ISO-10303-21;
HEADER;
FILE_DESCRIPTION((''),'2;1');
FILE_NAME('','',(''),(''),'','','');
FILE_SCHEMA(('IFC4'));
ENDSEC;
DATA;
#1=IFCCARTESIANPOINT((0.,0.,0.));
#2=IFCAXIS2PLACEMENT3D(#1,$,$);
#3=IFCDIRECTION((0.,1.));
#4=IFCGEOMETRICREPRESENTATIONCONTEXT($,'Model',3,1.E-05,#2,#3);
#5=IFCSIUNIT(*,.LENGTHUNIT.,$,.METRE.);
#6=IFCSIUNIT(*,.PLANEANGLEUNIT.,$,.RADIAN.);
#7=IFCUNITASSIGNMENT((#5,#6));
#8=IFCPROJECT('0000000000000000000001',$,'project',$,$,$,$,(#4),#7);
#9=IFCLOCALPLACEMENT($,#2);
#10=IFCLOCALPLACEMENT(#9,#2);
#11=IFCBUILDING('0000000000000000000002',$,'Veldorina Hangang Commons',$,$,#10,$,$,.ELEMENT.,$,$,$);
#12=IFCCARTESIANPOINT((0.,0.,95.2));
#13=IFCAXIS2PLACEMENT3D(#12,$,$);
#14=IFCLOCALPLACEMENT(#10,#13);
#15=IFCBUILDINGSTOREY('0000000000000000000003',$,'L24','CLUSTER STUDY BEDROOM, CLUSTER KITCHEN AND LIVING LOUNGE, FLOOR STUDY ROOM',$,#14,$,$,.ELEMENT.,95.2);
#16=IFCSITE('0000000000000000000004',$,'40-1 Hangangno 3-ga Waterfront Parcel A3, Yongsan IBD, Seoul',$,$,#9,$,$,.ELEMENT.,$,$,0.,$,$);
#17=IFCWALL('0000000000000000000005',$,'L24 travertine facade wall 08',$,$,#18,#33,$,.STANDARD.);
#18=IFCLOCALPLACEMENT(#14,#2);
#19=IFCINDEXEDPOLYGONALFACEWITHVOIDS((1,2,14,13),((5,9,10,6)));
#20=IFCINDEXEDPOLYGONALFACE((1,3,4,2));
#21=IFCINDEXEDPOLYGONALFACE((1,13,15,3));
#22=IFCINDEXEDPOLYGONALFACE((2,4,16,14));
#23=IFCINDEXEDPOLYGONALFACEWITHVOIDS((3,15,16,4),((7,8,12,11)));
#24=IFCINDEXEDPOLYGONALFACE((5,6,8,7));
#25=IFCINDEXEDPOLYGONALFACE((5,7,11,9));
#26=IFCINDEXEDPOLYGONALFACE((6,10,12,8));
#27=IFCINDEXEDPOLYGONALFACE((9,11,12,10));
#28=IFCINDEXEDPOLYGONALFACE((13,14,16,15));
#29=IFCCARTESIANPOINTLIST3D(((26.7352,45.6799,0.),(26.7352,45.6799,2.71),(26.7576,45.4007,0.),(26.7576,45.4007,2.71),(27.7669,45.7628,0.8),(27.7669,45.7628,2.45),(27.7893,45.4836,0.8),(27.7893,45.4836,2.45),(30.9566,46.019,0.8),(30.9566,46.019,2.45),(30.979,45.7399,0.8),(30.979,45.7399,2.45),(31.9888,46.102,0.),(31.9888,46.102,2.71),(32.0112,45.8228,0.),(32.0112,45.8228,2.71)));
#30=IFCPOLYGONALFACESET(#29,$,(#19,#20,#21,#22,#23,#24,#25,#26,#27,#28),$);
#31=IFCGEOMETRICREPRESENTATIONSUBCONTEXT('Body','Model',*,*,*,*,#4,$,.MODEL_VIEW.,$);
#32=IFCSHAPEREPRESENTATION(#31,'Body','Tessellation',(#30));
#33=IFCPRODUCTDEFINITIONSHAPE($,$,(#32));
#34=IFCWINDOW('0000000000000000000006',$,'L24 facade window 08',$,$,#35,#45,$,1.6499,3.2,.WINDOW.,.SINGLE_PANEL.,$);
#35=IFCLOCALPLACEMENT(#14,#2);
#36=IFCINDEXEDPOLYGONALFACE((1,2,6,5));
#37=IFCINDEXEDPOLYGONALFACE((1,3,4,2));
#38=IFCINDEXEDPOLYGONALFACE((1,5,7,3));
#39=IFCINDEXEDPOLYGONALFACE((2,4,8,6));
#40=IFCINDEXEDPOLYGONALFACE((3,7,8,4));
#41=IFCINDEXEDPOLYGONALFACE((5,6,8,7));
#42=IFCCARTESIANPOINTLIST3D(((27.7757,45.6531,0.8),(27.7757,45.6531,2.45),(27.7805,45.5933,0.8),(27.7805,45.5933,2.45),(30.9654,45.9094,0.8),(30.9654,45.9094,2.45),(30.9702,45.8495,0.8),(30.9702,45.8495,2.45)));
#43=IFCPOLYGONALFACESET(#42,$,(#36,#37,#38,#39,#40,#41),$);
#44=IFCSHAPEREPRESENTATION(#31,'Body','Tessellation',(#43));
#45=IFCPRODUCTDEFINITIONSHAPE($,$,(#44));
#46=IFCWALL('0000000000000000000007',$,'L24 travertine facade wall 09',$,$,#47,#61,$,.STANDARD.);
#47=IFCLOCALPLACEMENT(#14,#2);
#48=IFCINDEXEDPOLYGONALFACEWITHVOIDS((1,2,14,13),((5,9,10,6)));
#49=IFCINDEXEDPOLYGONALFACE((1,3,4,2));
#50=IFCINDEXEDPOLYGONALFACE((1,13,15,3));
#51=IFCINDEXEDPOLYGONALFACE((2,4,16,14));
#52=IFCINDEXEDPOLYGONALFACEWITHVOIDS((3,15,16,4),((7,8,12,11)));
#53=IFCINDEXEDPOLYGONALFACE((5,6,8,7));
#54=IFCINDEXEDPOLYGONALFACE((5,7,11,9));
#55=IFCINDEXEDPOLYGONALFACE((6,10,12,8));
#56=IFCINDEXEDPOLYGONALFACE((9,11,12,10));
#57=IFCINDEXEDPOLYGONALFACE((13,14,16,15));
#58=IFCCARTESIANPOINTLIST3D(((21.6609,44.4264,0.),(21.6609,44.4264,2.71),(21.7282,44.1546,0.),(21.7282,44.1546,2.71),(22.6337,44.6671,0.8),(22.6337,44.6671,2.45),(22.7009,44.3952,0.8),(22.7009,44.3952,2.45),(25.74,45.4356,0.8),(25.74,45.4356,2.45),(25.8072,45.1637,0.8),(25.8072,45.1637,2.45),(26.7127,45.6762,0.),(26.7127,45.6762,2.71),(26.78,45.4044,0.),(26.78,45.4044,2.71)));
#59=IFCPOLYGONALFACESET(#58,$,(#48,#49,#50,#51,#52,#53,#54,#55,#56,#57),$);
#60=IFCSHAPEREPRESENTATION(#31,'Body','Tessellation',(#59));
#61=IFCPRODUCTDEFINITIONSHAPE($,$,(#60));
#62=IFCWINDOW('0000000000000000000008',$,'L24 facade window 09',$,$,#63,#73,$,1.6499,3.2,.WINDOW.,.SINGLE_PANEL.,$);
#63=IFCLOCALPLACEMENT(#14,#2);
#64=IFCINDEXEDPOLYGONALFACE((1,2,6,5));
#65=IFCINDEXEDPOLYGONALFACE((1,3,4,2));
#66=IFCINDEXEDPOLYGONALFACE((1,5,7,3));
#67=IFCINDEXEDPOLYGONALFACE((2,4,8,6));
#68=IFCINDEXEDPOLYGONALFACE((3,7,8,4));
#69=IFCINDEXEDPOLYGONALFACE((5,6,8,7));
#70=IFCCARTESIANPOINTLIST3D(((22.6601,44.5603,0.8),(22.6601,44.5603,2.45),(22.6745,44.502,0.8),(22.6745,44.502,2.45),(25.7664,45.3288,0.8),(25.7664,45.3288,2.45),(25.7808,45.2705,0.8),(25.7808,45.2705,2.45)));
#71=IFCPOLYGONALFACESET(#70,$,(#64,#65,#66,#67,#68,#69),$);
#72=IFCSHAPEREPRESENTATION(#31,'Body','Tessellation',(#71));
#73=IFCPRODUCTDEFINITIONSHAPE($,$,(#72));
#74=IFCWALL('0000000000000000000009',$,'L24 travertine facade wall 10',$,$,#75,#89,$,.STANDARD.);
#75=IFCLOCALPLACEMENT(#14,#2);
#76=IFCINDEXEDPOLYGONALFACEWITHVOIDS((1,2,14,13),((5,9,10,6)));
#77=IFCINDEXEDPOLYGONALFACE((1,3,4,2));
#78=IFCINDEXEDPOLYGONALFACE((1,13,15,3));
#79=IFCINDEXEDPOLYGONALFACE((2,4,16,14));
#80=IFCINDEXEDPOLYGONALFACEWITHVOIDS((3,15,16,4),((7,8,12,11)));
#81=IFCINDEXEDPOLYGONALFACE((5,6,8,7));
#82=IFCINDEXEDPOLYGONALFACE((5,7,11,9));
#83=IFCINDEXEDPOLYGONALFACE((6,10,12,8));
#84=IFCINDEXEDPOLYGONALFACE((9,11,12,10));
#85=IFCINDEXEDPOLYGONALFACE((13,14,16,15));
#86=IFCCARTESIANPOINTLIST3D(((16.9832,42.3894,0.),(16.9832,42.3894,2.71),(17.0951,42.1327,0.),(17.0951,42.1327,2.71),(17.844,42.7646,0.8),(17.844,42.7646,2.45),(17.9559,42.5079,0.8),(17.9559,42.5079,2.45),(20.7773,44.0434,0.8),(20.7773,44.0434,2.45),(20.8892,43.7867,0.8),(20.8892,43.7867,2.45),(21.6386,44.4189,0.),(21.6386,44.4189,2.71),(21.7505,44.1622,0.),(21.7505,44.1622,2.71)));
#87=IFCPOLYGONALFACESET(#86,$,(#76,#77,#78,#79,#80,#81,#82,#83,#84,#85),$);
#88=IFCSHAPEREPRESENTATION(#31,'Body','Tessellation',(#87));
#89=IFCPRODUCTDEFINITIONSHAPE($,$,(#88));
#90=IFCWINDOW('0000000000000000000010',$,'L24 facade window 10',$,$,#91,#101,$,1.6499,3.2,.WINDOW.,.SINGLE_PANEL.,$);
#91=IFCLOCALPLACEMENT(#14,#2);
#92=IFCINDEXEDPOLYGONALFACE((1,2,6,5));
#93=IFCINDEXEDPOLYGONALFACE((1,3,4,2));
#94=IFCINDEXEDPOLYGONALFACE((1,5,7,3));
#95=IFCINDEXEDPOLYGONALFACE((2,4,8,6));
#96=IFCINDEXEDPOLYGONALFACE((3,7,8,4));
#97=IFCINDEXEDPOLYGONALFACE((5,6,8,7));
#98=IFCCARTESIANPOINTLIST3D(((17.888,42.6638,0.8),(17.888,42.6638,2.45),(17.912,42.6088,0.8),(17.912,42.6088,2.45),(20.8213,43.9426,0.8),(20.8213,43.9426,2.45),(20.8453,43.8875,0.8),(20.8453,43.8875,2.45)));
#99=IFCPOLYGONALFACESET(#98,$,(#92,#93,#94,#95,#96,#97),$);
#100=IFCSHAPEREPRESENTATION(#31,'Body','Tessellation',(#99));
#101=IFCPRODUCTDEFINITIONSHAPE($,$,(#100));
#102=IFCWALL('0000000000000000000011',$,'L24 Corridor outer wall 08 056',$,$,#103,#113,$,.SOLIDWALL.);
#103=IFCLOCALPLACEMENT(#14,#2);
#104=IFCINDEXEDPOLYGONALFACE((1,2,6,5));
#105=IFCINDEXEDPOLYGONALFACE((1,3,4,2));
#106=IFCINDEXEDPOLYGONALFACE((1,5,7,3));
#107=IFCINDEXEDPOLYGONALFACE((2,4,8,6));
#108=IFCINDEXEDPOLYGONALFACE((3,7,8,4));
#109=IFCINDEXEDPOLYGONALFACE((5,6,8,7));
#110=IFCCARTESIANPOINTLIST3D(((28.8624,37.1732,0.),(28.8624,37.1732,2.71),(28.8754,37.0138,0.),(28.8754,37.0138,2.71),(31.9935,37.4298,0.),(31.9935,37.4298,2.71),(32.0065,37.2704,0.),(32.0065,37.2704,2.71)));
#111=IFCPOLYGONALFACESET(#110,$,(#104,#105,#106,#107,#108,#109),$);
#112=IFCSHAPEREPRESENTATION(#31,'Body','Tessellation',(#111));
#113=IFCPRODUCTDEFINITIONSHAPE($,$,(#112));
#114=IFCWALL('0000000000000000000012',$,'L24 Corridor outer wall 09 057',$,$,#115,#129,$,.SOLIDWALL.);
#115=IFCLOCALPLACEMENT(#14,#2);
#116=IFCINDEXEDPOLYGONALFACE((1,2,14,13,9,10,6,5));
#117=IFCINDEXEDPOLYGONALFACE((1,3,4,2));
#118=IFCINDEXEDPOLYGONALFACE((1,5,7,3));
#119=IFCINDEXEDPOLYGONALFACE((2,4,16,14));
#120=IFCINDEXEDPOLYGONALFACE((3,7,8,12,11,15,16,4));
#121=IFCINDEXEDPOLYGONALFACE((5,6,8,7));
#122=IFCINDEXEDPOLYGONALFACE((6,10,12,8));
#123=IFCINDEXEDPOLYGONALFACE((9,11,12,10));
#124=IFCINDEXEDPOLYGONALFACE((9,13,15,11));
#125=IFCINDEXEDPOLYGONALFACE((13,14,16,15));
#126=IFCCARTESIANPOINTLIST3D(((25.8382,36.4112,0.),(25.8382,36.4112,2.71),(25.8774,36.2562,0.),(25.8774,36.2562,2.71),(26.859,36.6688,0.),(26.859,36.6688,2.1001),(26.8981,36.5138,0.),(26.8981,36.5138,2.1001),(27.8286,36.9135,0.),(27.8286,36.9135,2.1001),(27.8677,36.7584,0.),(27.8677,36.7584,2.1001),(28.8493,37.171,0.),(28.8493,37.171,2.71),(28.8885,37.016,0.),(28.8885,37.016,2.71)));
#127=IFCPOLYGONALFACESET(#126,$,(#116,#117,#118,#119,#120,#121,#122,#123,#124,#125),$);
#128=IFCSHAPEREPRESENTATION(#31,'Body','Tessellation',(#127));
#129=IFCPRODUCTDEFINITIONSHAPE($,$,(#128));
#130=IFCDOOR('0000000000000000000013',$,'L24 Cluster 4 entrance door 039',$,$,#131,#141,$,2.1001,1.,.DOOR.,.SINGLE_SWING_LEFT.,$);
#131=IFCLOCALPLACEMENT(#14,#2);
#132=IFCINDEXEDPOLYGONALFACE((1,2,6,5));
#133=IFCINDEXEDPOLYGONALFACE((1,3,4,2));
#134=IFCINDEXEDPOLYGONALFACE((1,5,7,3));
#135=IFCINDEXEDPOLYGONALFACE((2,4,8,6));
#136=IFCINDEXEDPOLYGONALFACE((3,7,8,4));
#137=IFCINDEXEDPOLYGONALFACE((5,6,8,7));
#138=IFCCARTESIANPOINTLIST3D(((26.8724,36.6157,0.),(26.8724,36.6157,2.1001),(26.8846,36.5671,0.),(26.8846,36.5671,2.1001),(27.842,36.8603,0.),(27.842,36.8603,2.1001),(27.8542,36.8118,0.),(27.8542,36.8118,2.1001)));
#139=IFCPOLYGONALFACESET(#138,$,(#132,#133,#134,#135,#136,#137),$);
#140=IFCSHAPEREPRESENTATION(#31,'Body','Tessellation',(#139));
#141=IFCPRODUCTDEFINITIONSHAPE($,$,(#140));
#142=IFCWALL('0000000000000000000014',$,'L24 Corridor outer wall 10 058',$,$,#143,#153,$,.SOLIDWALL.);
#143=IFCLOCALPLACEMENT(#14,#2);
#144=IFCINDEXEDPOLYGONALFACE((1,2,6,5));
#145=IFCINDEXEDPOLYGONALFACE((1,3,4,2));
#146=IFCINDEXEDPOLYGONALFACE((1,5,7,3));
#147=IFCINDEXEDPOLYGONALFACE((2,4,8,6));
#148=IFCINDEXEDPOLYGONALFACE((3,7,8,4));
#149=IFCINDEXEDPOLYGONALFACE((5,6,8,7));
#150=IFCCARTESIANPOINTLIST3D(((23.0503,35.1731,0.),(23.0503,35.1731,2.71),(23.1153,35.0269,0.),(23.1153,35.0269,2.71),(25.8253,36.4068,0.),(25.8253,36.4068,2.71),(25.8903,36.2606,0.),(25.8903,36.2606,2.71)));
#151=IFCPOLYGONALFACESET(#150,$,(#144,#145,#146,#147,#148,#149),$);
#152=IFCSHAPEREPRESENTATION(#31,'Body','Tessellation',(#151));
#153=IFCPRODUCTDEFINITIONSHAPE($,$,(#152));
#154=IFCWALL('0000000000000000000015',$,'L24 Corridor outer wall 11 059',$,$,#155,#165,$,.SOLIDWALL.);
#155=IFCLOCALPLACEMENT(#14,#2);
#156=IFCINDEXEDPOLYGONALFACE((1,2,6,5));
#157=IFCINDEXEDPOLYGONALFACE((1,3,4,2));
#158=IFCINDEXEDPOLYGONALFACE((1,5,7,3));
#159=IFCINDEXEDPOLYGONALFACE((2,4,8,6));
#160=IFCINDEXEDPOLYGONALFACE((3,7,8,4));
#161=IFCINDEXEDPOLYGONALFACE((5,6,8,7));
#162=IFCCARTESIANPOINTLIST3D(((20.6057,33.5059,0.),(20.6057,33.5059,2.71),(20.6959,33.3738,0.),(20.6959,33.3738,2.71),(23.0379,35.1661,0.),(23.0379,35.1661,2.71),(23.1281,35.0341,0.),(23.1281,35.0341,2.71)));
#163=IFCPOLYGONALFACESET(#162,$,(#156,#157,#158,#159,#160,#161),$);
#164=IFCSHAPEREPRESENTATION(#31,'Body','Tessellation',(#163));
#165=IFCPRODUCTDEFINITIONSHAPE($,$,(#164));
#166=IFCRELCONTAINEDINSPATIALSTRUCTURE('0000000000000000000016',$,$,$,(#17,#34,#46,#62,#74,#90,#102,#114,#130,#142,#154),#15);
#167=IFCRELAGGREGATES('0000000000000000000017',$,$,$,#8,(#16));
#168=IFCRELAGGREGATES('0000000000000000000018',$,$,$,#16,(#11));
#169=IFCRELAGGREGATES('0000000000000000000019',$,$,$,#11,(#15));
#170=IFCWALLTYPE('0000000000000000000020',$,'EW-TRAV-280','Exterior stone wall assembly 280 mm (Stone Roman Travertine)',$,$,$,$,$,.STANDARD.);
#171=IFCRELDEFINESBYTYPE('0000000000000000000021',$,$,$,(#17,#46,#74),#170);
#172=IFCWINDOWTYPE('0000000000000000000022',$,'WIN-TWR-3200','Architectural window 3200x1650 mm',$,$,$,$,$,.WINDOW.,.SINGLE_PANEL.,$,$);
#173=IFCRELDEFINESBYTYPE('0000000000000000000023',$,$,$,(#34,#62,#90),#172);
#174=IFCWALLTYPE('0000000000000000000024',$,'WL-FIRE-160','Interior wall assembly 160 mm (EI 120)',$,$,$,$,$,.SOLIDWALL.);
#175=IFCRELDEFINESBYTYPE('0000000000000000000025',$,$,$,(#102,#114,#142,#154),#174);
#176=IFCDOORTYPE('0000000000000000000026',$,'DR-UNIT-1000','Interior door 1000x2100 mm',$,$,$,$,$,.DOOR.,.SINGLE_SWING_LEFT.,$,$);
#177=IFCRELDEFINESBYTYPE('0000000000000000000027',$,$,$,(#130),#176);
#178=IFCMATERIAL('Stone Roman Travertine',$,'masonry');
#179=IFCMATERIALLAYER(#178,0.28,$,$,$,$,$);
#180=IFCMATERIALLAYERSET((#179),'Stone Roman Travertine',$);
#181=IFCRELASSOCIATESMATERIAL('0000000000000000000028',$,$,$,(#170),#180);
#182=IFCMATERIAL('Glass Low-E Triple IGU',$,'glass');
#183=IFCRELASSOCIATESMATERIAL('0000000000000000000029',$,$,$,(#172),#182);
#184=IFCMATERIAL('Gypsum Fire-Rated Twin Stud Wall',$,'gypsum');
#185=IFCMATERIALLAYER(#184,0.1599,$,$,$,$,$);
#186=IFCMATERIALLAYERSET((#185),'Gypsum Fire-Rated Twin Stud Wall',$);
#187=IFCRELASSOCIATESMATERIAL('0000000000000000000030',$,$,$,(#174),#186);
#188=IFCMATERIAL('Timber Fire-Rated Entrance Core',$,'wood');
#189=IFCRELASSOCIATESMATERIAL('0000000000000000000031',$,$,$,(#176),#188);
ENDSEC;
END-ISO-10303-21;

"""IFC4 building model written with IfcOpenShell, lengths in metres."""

from ifc_helpers import new_model, si_unit, direction, frame, frame_2d, origin, place, context, subcontext, project, spatial, rectangle, extrude, material, layer, layer_set, type_object, element, fill, save


model = new_model("IFC4")

# Units and contexts
model_context = context("Model", 3, precision=1e-05, world=origin(), true_north=direction((0.0, 1.0)))
body_context = subcontext(model_context, "Body", "Model", "MODEL_VIEW")
ifc_project = project(units=[si_unit("LENGTHUNIT", "METRE"), si_unit("PLANEANGLEUNIT", "RADIAN")], contexts=[model_context])

# Site, building, storey
site_placement = place(None, origin())
site = spatial("IfcSite", under=ifc_project, at=site_placement, Name="40-1 Hangangno 3-ga Waterfront Parcel A3, Yongsan IBD, Seoul", CompositionType="ELEMENT", RefElevation=0.0)
building_placement = place(site_placement, origin())
building = spatial("IfcBuilding", under=site, at=building_placement, Name="Veldorina Hangang Commons", CompositionType="ELEMENT")
storey_placement = place(building_placement, frame((0.0, 0.0, 95.2)))
storey = spatial("IfcBuildingStorey", under=building, at=storey_placement, Name="L24", Description="CLUSTER STUDY BEDROOM, CLUSTER KITCHEN AND LIVING LOUNGE, FLOOR STUDY ROOM", CompositionType="ELEMENT", Elevation=95.2)

# Walls, openings, windows
ifc_material_1 = material(Name="Stone Roman Travertine", Category="masonry")
ifc_layer_1 = layer(ifc_material_1, 0.28)
ifc_layer_set_1 = layer_set([ifc_layer_1], Name="Stone Roman Travertine")
wall_type_1 = type_object("IfcWallType", Name="EW-TRAV-280", Description="Exterior stone wall assembly 280 mm (Stone Roman Travertine)", PredefinedType="STANDARD", material=ifc_layer_set_1)
wall_1_placement = place(storey_placement, frame((32.0, 45.9624, 0.0), z_axis=(0.0, 0.0, 1.0), x_axis=(-0.996788, -0.080089, 0.0)))
wall_1 = element("IfcWall", 1, at=wall_1_placement, inside=storey, type_object=wall_type_1, Name="L24 travertine facade wall 08", PredefinedType="STANDARD", context=body_context, shape_type="SweptSolid", body=[
    extrude(rectangle(XDim=5.2705, YDim=0.28, at=frame_2d((2.6353, 0.0))), origin(), (0.0, 0.0, 1.0), 2.71),
])
opening_1_placement = place(wall_1_placement, frame((1.0354, 0.0, 0.8)))
opening_1 = element("IfcOpeningElement", 2, at=opening_1_placement, cuts=wall_1, PredefinedType="OPENING", context=body_context, shape_type="SweptSolid", body=[
    extrude(rectangle(XDim=3.2, YDim=1.6499, at=frame_2d((1.6001, 0.825))), frame((0.0, 0.1499, 0.0), z_axis=(0.0, -1.0, 0.0), x_axis=(1.0, 0.0, 0.0)), (0.0, 0.0, 1.0), 0.3),
])
ifc_material_2 = material(Name="Glass Low-E Triple IGU", Category="glass")
window_type = type_object("IfcWindowType", Name="WIN-TWR-3200", Description="Architectural window 3200x1650 mm", PartitioningType="SINGLE_PANEL", PredefinedType="WINDOW", material=ifc_material_2)
window_1_placement = place(opening_1_placement, origin())
window_1 = element("IfcWindow", 3, at=window_1_placement, inside=storey, type_object=window_type, Name="L24 facade window 08", OverallHeight=1.6499, OverallWidth=3.2, PartitioningType="SINGLE_PANEL", PredefinedType="WINDOW", context=body_context, shape_type="SweptSolid", body=[
    extrude(rectangle(XDim=3.2, YDim=1.6499, at=frame_2d((1.6001, 0.825))), frame((0.0, 0.03, 0.0), z_axis=(0.0, -1.0, 0.0), x_axis=(1.0, 0.0, 0.0)), (0.0, 0.0, 1.0), 0.0601),
])
fill(opening_1, window_1)
wall_2_placement = place(storey_placement, frame((26.7463, 45.5403, 0.0), z_axis=(0.0, 0.0, 1.0), x_axis=(-0.970736, -0.240151, 0.0)))
wall_2 = element("IfcWall", 4, at=wall_2_placement, inside=storey, type_object=wall_type_1, Name="L24 travertine facade wall 09", PredefinedType="STANDARD", context=body_context, shape_type="SweptSolid", body=[
    extrude(rectangle(XDim=5.2041, YDim=0.28, at=frame_2d((2.6021, 0.0))), origin(), (0.0, 0.0, 1.0), 2.71),
])
opening_2_placement = place(wall_2_placement, frame((1.002, 0.0, 0.8)))
opening_2 = element("IfcOpeningElement", 5, at=opening_2_placement, cuts=wall_2, PredefinedType="OPENING", context=body_context, shape_type="SweptSolid", body=[
    extrude(rectangle(XDim=3.2, YDim=1.6499, at=frame_2d((1.6001, 0.825))), frame((0.0, 0.1499, 0.0), z_axis=(0.0, -1.0, 0.0), x_axis=(1.0, 0.0, 0.0)), (0.0, 0.0, 1.0), 0.3),
])
window_2_placement = place(opening_2_placement, origin())
window_2 = element("IfcWindow", 6, at=window_2_placement, inside=storey, type_object=window_type, Name="L24 facade window 09", OverallHeight=1.6499, OverallWidth=3.2, PartitioningType="SINGLE_PANEL", PredefinedType="WINDOW", context=body_context, shape_type="SweptSolid", body=[
    extrude(rectangle(XDim=3.2, YDim=1.6499, at=frame_2d((1.6001, 0.825))), frame((0.0, 0.03, 0.0), z_axis=(0.0, -1.0, 0.0), x_axis=(1.0, 0.0, 0.0)), (0.0, 0.0, 1.0), 0.0601),
])
fill(opening_2, window_2)
wall_3_placement = place(storey_placement, frame((21.6946, 44.2905, 0.0), z_axis=(0.0, 0.0, 1.0), x_axis=(-0.916681, -0.399621, 0.0)))
wall_3 = element("IfcWall", 7, at=wall_3_placement, inside=storey, type_object=wall_type_1, Name="L24 travertine facade wall 10", PredefinedType="STANDARD", context=body_context, shape_type="SweptSolid", body=[
    extrude(rectangle(XDim=5.0786, YDim=0.28, at=frame_2d((2.5393, 0.0))), origin(), (0.0, 0.0, 1.0), 2.71),
])
opening_3_placement = place(wall_3_placement, frame((0.9395, 0.0, 0.8)))
opening_3 = element("IfcOpeningElement", 8, at=opening_3_placement, cuts=wall_3, PredefinedType="OPENING", context=body_context, shape_type="SweptSolid", body=[
    extrude(rectangle(XDim=3.2, YDim=1.6499, at=frame_2d((1.6001, 0.825))), frame((0.0, 0.1499, 0.0), z_axis=(0.0, -1.0, 0.0), x_axis=(1.0, 0.0, 0.0)), (0.0, 0.0, 1.0), 0.3),
])
window_3_placement = place(opening_3_placement, origin())
window_3 = element("IfcWindow", 9, at=window_3_placement, inside=storey, type_object=window_type, Name="L24 facade window 10", OverallHeight=1.6499, OverallWidth=3.2, PartitioningType="SINGLE_PANEL", PredefinedType="WINDOW", context=body_context, shape_type="SweptSolid", body=[
    extrude(rectangle(XDim=3.2, YDim=1.6499, at=frame_2d((1.6001, 0.825))), frame((0.0, 0.03, 0.0), z_axis=(0.0, -1.0, 0.0), x_axis=(1.0, 0.0, 0.0)), (0.0, 0.0, 1.0), 0.0601),
])
fill(opening_3, window_3)

# Wall
ifc_material_3 = material(Name="Gypsum Fire-Rated Twin Stud Wall", Category="gypsum")
ifc_layer_2 = layer(ifc_material_3, 0.1599)
ifc_layer_set_2 = layer_set([ifc_layer_2], Name="Gypsum Fire-Rated Twin Stud Wall")
wall_type_2 = type_object("IfcWallType", Name="WL-FIRE-160", Description="Interior wall assembly 160 mm (EI 120)", PredefinedType="SOLIDWALL", material=ifc_layer_set_2)
wall_4_placement = place(storey_placement, frame((32.0, 37.3501, 0.0), z_axis=(0.0, 0.0, 1.0), x_axis=(-0.996659, -0.081676, 0.0)))
element("IfcWall", 10, at=wall_4_placement, inside=storey, type_object=wall_type_2, Name="L24 Corridor outer wall 08 056", PredefinedType="SOLIDWALL", context=body_context, shape_type="SweptSolid", body=[
    extrude(rectangle(XDim=3.1416, YDim=0.1599, at=frame_2d((1.5708, 0.0))), origin(), (0.0, 0.0, 1.0), 2.71),
])

# Wall, opening, door
wall_5_placement = place(storey_placement, frame((28.8689, 37.0935, 0.0), z_axis=(0.0, 0.0, 1.0), x_axis=(-0.969608, -0.244662, 0.0)))
wall_5 = element("IfcWall", 11, at=wall_5_placement, inside=storey, type_object=wall_type_2, Name="L24 Corridor outer wall 09 057", PredefinedType="SOLIDWALL", context=body_context, shape_type="SweptSolid", body=[
    extrude(rectangle(XDim=3.1055, YDim=0.1599, at=frame_2d((1.5527, 0.0))), origin(), (0.0, 0.0, 1.0), 2.71),
])
opening_4_placement = place(wall_5_placement, frame((1.0527, 0.0, 0.0)))
opening_4 = element("IfcOpeningElement", 12, at=opening_4_placement, cuts=wall_5, PredefinedType="OPENING", context=body_context, shape_type="SweptSolid", body=[
    extrude(rectangle(XDim=1.0, YDim=2.1001, at=frame_2d((0.5, 1.05))), frame((0.0, 0.0898, 0.0), z_axis=(0.0, -1.0, 0.0), x_axis=(1.0, 0.0, 0.0)), (0.0, 0.0, 1.0), 0.1799),
])
ifc_material_4 = material(Name="Timber Fire-Rated Entrance Core", Category="wood")
door_type_1 = type_object("IfcDoorType", Name="DR-UNIT-1000", Description="Interior door 1000x2100 mm", OperationType="SINGLE_SWING_LEFT", PredefinedType="DOOR", material=ifc_material_4)
door_1_placement = place(opening_4_placement, origin())
door_1 = element("IfcDoor", 13, at=door_1_placement, inside=storey, type_object=door_type_1, Name="L24 Cluster 4 entrance door 039", OperationType="SINGLE_SWING_LEFT", OverallHeight=2.1001, OverallWidth=1.0, PredefinedType="DOOR", context=body_context, shape_type="SweptSolid", body=[
    extrude(rectangle(XDim=1.0, YDim=2.1001, at=frame_2d((0.5, 1.05))), frame((0.0, 0.0249, 0.0), z_axis=(0.0, -1.0, 0.0), x_axis=(1.0, 0.0, 0.0)), (0.0, 0.0, 1.0), 0.05),
])
fill(opening_4, door_1)

# Walls
wall_6_placement = place(storey_placement, frame((25.8579, 36.3337, 0.0), z_axis=(0.0, 0.0, 1.0), x_axis=(-0.913768, -0.406235, 0.0)))
element("IfcWall", 14, at=wall_6_placement, inside=storey, type_object=wall_type_2, Name="L24 Corridor outer wall 10 058", PredefinedType="SOLIDWALL", context=body_context, shape_type="SweptSolid", body=[
    extrude(rectangle(XDim=3.0369, YDim=0.1599, at=frame_2d((1.5186, 0.0))), origin(), (0.0, 0.0, 1.0), 2.71),
])
wall_7_placement = place(storey_placement, frame((23.083, 35.1001, 0.0), z_axis=(0.0, 0.0, 1.0), x_axis=(-0.825929, -0.563774, 0.0)))
element("IfcWall", 15, at=wall_7_placement, inside=storey, type_object=wall_type_2, Name="L24 Corridor outer wall 11 059", PredefinedType="SOLIDWALL", context=body_context, shape_type="SweptSolid", body=[
    extrude(rectangle(XDim=2.9448, YDim=0.1599, at=frame_2d((1.4724, 0.0))), origin(), (0.0, 0.0, 1.0), 2.71),
])

save(model, "model.ifc")
